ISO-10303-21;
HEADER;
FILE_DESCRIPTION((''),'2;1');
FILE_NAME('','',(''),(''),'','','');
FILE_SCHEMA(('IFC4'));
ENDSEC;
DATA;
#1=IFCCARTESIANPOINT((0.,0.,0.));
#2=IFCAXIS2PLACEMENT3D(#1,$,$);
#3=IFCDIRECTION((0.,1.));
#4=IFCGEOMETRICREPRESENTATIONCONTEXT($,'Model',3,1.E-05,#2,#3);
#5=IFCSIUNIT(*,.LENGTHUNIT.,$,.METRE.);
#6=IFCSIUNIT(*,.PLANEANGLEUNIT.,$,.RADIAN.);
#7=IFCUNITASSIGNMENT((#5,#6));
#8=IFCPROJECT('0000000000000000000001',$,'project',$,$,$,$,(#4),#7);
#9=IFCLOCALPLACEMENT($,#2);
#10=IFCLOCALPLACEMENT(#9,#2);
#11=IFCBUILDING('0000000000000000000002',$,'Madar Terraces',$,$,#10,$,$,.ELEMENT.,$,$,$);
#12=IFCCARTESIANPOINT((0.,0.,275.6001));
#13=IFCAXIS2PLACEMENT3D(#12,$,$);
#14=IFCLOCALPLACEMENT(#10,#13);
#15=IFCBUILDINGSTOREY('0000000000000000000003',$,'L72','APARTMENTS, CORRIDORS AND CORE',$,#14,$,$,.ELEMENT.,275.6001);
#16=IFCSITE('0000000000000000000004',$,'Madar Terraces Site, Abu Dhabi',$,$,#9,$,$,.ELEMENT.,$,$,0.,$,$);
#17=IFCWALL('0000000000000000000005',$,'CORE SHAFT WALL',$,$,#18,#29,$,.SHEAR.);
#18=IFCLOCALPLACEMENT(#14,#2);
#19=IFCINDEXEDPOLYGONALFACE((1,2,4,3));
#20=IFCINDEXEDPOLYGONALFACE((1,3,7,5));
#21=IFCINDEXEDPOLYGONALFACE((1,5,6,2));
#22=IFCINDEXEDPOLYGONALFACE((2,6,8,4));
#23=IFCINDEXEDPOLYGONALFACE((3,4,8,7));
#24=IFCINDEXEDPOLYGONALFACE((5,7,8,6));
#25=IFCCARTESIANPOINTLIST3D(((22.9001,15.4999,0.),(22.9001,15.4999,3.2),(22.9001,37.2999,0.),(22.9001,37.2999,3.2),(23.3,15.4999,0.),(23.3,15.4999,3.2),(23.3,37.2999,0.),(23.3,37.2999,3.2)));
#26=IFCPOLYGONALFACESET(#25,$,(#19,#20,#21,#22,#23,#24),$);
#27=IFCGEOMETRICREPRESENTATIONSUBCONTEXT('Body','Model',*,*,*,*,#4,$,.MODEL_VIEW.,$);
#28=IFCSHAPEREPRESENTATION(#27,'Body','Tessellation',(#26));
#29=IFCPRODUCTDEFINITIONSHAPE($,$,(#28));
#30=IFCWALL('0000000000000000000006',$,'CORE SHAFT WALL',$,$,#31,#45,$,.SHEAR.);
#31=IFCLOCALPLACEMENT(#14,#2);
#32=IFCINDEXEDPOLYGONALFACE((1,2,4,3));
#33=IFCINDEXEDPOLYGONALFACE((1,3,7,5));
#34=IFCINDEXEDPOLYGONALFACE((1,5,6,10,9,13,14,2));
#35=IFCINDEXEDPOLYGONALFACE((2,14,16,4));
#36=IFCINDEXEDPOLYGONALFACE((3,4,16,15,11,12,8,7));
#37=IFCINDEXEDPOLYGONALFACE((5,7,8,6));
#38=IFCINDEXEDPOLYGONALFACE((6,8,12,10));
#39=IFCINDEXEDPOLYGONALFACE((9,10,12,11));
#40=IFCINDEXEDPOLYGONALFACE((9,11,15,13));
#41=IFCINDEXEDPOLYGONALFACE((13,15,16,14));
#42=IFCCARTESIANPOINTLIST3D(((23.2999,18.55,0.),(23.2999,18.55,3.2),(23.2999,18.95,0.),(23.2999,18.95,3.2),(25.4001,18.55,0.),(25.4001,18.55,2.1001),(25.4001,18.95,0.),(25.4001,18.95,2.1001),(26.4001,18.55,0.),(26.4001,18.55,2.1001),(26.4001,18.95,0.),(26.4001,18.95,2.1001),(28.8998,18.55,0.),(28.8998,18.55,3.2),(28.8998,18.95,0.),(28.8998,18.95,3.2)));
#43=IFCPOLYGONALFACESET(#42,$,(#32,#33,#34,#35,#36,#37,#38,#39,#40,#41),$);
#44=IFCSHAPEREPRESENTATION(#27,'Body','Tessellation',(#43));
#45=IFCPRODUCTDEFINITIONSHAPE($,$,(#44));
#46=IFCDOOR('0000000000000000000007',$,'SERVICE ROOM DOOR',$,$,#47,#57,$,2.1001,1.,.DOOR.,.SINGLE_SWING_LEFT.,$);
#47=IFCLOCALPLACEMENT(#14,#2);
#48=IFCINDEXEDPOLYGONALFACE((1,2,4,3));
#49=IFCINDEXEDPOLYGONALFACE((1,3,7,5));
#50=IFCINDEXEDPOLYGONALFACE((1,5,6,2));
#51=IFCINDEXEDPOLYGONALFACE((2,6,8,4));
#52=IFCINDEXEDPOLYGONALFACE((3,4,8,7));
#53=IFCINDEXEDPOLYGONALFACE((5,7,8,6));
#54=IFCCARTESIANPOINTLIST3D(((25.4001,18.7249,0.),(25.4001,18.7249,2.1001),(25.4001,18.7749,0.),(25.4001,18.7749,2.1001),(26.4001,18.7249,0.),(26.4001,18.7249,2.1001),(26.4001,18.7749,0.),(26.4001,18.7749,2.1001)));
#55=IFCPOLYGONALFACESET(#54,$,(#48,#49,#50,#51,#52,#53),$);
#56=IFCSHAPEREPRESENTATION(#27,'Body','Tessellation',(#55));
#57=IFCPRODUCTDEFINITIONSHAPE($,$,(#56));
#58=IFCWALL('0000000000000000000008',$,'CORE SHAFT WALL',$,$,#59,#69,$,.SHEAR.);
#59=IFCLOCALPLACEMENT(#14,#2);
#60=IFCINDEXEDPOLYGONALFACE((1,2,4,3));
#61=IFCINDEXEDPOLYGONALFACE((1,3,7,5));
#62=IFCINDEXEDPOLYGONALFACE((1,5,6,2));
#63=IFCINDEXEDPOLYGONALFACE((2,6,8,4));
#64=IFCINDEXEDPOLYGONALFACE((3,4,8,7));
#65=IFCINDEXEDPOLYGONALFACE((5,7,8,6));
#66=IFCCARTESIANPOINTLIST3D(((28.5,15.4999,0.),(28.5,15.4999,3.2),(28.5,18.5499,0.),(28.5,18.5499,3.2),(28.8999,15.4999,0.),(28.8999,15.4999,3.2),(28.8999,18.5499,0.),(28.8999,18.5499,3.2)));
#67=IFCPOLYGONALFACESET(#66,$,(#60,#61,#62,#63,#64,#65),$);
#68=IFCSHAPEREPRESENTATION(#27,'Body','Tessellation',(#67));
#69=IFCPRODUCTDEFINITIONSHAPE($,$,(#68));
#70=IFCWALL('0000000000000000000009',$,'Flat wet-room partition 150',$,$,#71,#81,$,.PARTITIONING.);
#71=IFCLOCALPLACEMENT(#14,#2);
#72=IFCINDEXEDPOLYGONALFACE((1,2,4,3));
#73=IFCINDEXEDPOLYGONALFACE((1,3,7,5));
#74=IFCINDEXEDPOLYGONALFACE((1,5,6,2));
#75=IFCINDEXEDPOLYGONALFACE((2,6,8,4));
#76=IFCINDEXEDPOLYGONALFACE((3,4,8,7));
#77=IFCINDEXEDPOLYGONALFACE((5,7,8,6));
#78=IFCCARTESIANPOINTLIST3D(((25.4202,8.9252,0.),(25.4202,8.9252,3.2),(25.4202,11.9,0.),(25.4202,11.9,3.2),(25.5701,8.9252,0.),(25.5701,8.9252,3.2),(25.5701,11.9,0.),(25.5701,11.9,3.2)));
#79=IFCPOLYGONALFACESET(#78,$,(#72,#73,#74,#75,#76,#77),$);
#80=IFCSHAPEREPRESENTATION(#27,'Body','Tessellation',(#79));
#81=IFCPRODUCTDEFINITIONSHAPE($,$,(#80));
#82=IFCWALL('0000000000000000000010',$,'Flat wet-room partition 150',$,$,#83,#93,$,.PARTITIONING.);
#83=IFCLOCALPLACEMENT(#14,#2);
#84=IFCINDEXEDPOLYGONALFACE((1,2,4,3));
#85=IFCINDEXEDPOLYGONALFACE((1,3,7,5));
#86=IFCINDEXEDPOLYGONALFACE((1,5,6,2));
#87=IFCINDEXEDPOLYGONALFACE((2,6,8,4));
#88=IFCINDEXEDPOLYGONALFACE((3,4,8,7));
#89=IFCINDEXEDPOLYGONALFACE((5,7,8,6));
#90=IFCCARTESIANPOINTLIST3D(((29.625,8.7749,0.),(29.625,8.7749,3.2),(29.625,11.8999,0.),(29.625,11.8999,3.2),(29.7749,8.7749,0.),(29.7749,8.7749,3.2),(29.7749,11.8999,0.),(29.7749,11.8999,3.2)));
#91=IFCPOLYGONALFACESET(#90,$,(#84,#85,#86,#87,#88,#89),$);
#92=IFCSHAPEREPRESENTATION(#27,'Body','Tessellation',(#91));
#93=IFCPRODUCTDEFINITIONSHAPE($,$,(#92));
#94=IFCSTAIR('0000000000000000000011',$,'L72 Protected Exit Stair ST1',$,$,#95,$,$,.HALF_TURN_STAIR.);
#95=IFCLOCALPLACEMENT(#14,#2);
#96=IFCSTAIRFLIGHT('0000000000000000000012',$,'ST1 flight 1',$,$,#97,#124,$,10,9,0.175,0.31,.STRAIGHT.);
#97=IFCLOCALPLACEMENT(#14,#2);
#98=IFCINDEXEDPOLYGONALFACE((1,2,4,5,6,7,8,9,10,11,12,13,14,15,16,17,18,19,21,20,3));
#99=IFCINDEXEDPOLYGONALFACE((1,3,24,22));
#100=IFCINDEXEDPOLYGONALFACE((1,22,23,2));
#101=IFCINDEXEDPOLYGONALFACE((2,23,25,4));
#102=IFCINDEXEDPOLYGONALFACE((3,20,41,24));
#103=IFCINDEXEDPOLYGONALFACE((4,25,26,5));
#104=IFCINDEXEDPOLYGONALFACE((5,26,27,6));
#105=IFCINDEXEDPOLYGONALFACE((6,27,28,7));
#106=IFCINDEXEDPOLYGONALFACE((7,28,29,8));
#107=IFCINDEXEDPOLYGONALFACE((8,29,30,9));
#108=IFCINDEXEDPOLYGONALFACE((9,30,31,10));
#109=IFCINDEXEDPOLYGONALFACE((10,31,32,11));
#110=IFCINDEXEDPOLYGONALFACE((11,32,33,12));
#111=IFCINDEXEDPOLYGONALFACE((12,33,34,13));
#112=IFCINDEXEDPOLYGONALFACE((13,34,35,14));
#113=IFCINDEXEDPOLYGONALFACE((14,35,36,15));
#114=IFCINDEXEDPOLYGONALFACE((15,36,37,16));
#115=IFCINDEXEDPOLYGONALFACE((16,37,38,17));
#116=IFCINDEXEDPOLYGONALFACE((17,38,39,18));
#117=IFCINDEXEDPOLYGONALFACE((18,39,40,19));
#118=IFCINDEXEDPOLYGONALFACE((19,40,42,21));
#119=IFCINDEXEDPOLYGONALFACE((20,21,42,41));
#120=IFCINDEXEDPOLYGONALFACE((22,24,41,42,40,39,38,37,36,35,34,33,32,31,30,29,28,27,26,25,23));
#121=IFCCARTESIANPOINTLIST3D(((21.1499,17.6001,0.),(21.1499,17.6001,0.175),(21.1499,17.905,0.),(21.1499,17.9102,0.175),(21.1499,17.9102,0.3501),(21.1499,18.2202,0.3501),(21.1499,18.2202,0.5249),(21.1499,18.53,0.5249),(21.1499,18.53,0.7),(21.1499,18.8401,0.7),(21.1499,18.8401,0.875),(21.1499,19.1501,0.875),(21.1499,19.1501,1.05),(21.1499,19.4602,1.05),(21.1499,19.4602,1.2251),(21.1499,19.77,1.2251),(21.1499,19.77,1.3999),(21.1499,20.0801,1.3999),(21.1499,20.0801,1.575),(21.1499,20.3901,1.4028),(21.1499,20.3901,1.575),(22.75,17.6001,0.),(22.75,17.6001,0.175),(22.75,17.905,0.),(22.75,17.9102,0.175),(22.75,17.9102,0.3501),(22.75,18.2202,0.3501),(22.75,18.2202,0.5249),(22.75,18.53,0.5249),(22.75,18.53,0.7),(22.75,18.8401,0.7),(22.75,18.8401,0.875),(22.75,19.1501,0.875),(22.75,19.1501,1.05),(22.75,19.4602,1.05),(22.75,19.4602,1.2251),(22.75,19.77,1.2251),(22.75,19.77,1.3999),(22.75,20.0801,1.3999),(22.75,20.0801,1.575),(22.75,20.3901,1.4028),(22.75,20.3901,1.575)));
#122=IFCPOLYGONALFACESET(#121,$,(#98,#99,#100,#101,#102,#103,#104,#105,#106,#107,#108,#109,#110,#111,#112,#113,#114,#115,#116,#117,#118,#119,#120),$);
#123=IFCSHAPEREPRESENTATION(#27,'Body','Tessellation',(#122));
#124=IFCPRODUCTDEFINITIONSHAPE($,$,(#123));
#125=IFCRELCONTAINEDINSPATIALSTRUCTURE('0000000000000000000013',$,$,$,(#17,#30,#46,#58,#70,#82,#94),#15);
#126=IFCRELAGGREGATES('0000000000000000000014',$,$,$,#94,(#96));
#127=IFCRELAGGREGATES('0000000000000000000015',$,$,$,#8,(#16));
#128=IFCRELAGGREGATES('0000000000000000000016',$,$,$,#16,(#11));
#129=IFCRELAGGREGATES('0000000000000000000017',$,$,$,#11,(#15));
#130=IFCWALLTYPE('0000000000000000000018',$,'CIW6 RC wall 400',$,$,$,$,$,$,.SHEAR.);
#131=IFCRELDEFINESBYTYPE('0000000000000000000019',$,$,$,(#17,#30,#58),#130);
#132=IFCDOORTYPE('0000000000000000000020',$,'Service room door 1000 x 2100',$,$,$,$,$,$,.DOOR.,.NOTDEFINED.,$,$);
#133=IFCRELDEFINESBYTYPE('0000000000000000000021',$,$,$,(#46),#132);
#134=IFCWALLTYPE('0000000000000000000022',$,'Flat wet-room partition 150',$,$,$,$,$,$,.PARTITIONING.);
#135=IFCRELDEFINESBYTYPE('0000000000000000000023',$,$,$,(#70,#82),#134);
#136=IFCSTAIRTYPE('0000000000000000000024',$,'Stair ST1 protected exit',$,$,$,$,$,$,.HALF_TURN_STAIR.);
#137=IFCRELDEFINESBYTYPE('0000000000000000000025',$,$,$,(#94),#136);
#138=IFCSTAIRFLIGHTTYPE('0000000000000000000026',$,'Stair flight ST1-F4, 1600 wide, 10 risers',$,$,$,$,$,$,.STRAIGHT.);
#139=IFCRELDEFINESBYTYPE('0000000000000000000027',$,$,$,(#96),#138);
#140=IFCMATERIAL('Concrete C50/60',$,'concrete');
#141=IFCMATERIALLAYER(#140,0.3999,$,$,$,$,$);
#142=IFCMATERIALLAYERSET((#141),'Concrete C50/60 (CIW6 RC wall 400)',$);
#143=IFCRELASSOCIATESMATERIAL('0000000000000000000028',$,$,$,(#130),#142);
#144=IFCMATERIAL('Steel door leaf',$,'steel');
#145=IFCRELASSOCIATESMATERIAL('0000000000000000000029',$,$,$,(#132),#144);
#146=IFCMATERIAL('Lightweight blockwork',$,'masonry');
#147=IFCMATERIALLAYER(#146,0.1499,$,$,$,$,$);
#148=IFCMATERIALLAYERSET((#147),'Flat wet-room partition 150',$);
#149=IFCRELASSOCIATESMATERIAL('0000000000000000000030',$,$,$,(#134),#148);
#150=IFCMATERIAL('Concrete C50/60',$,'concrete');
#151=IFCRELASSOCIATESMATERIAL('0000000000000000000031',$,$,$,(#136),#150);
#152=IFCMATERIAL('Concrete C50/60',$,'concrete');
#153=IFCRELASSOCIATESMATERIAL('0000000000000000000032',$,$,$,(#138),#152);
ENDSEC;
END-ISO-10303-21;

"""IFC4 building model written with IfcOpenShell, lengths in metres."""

from ifc_helpers import new_model, si_unit, direction, frame, frame_2d, origin, place, context, subcontext, project, spatial, polyline, rectangle, outline, extrude, material, layer, layer_set, type_object, element, fill, aggregate, save


model = new_model("IFC4")

# Units and contexts
model_context = context("Model", 3, precision=1e-05, world=origin(), true_north=direction((0.0, 1.0)))
body_context = subcontext(model_context, "Body", "Model", "MODEL_VIEW")
ifc_project = project(units=[si_unit("LENGTHUNIT", "METRE"), si_unit("PLANEANGLEUNIT", "RADIAN")], contexts=[model_context])

# Site, building, storey
site_placement = place(None, origin())
site = spatial("IfcSite", under=ifc_project, at=site_placement, Name="Madar Terraces Site, Abu Dhabi", CompositionType="ELEMENT", RefElevation=0.0)
building_placement = place(site_placement, origin())
building = spatial("IfcBuilding", under=site, at=building_placement, Name="Madar Terraces", CompositionType="ELEMENT")
storey_placement = place(building_placement, frame((0.0, 0.0, 275.6001)))
storey = spatial("IfcBuildingStorey", under=building, at=storey_placement, Name="L72", Description="APARTMENTS, CORRIDORS AND CORE", CompositionType="ELEMENT", Elevation=275.6001)

# Wall
ifc_material_1 = material(Name="Concrete C50/60", Category="concrete")
ifc_layer_1 = layer(ifc_material_1, 0.3999)
ifc_layer_set_1 = layer_set([ifc_layer_1], Name="Concrete C50/60 (CIW6 RC wall 400)")
wall_type_1 = type_object("IfcWallType", Name="CIW6 RC wall 400", PredefinedType="SHEAR", material=ifc_layer_set_1)
wall_1_placement = place(storey_placement, frame((23.1001, 15.5, 0.0), z_axis=(0.0, 0.0, 1.0), x_axis=(0.0, 1.0, 0.0)))
element("IfcWall", 1, at=wall_1_placement, inside=storey, type_object=wall_type_1, Name="CORE SHAFT WALL", PredefinedType="SHEAR", context=body_context, shape_type="SweptSolid", body=[
    extrude(rectangle(XDim=21.8, YDim=0.3999, at=frame_2d((10.8999, 0.0))), origin(), (0.0, 0.0, 1.0), 3.2),
])

# Wall, opening, door
wall_2_placement = place(storey_placement, frame((23.3, 18.75, 0.0), z_axis=(0.0, 0.0, 1.0), x_axis=(1.0, 0.0, 0.0)))
wall_2 = element("IfcWall", 2, at=wall_2_placement, inside=storey, type_object=wall_type_1, Name="CORE SHAFT WALL", PredefinedType="SHEAR", context=body_context, shape_type="SweptSolid", body=[
    extrude(rectangle(XDim=5.5999, YDim=0.3999, at=frame_2d((2.7998, 0.0))), origin(), (0.0, 0.0, 1.0), 3.2),
])
opening_placement = place(wall_2_placement, frame((2.1001, 0.0, 0.0)))
opening = element("IfcOpeningElement", 3, at=opening_placement, cuts=wall_2, PredefinedType="OPENING", context=body_context, shape_type="SweptSolid", body=[
    extrude(rectangle(XDim=1.0, YDim=2.1001, at=frame_2d((0.5, 1.05))), frame((0.0, 0.21, 0.0), z_axis=(0.0, -1.0, 0.0), x_axis=(1.0, 0.0, 0.0)), (0.0, 0.0, 1.0), 0.4199),
])
ifc_material_2 = material(Name="Steel door leaf", Category="steel")
door_type = type_object("IfcDoorType", Name="Service room door 1000 x 2100", OperationType="NOTDEFINED", PredefinedType="DOOR", material=ifc_material_2)
door_placement = place(opening_placement, origin())
door = element("IfcDoor", 4, at=door_placement, inside=storey, type_object=door_type, Name="SERVICE ROOM DOOR", OperationType="SINGLE_SWING_LEFT", OverallHeight=2.1001, OverallWidth=1.0, PredefinedType="DOOR", context=body_context, shape_type="SweptSolid", body=[
    extrude(rectangle(XDim=1.0, YDim=2.1001, at=frame_2d((0.5, 1.05))), frame((0.0, 0.0249, 0.0), z_axis=(0.0, -1.0, 0.0), x_axis=(1.0, 0.0, 0.0)), (0.0, 0.0, 1.0), 0.05),
])
fill(opening, door)

# Walls
wall_3_placement = place(storey_placement, frame((28.7, 15.5, 0.0), z_axis=(0.0, 0.0, 1.0), x_axis=(0.0, 1.0, 0.0)))
element("IfcWall", 5, at=wall_3_placement, inside=storey, type_object=wall_type_1, Name="CORE SHAFT WALL", PredefinedType="SHEAR", context=body_context, shape_type="SweptSolid", body=[
    extrude(rectangle(XDim=3.05, YDim=0.3999, at=frame_2d((1.5249, 0.0))), origin(), (0.0, 0.0, 1.0), 3.2),
])
ifc_material_3 = material(Name="Lightweight blockwork", Category="masonry")
ifc_layer_2 = layer(ifc_material_3, 0.1499)
ifc_layer_set_2 = layer_set([ifc_layer_2], Name="Flat wet-room partition 150")
wall_type_2 = type_object("IfcWallType", Name="Flat wet-room partition 150", PredefinedType="PARTITIONING", material=ifc_layer_set_2)
wall_4_placement = place(storey_placement, frame((25.4951, 11.8999, 0.0), z_axis=(0.0, 0.0, 1.0), x_axis=(0.0, -1.0, 0.0)))
element("IfcWall", 6, at=wall_4_placement, inside=storey, type_object=wall_type_2, Name="Flat wet-room partition 150", PredefinedType="PARTITIONING", context=body_context, shape_type="SweptSolid", body=[
    extrude(rectangle(XDim=2.9749, YDim=0.1499, at=frame_2d((1.4873, 0.0))), origin(), (0.0, 0.0, 1.0), 3.2),
])
wall_5_placement = place(storey_placement, frame((29.7, 11.8999, 0.0), z_axis=(0.0, 0.0, 1.0), x_axis=(0.0, -1.0, 0.0)))
element("IfcWall", 7, at=wall_5_placement, inside=storey, type_object=wall_type_2, Name="Flat wet-room partition 150", PredefinedType="PARTITIONING", context=body_context, shape_type="SweptSolid", body=[
    extrude(rectangle(XDim=3.125, YDim=0.1499, at=frame_2d((1.5625, 0.0))), origin(), (0.0, 0.0, 1.0), 3.2),
])

# Stair, stair flight
ifc_material_4 = material(Name="Concrete C50/60", Category="concrete")
stair_type = type_object("IfcStairType", Name="Stair ST1 protected exit", PredefinedType="HALF_TURN_STAIR", material=ifc_material_4)
stair_placement = place(storey_placement, origin())
stair = element("IfcStair", 8, at=stair_placement, inside=storey, type_object=stair_type, Name="L72 Protected Exit Stair ST1", PredefinedType="HALF_TURN_STAIR")
ifc_material_5 = material(Name="Concrete C50/60", Category="concrete")
stair_flight_type = type_object("IfcStairFlightType", Name="Stair flight ST1-F4, 1600 wide, 10 risers", PredefinedType="STRAIGHT", material=ifc_material_5)
stair_flight_placement = place(storey_placement, frame((21.95, 17.6001, 0.0), z_axis=(0.0, 0.0, 1.0), x_axis=(0.0, 1.0, 0.0)))
stair_flight = element("IfcStairFlight", 9, at=stair_flight_placement, type_object=stair_flight_type, Name="ST1 flight 1", NumberOfRisers=10, NumberOfTreads=9, PredefinedType="STRAIGHT", RiserHeight=0.175, TreadLength=0.31, context=body_context, shape_type="SweptSolid", body=[
    extrude(outline(polyline([(0.0, 0.0), (0.0, 0.175), (0.3101, 0.175), (0.3101, 0.3501), (0.6201, 0.3501), (0.6201, 0.5249), (0.9299, 0.5249), (0.9299, 0.7), (1.24, 0.7), (1.24, 0.875), (1.55, 0.875), (1.55, 1.05), (1.8601, 1.05), (1.8601, 1.2251), (2.1699, 1.2251), (2.1699, 1.3999), (2.48, 1.3999), (2.48, 1.575), (2.79, 1.575), (2.79, 1.75), (2.79, 1.4028), (0.3049, 0.0), (0.0, 0.0)])), frame((0.0, 0.8, 0.0), z_axis=(0.0, -1.0, 0.0), x_axis=(1.0, 0.0, 0.0)), (0.0, 0.0, 1.0), 1.6001),
])
aggregate(stair, [stair_flight])

save(model, "model.ifc")
